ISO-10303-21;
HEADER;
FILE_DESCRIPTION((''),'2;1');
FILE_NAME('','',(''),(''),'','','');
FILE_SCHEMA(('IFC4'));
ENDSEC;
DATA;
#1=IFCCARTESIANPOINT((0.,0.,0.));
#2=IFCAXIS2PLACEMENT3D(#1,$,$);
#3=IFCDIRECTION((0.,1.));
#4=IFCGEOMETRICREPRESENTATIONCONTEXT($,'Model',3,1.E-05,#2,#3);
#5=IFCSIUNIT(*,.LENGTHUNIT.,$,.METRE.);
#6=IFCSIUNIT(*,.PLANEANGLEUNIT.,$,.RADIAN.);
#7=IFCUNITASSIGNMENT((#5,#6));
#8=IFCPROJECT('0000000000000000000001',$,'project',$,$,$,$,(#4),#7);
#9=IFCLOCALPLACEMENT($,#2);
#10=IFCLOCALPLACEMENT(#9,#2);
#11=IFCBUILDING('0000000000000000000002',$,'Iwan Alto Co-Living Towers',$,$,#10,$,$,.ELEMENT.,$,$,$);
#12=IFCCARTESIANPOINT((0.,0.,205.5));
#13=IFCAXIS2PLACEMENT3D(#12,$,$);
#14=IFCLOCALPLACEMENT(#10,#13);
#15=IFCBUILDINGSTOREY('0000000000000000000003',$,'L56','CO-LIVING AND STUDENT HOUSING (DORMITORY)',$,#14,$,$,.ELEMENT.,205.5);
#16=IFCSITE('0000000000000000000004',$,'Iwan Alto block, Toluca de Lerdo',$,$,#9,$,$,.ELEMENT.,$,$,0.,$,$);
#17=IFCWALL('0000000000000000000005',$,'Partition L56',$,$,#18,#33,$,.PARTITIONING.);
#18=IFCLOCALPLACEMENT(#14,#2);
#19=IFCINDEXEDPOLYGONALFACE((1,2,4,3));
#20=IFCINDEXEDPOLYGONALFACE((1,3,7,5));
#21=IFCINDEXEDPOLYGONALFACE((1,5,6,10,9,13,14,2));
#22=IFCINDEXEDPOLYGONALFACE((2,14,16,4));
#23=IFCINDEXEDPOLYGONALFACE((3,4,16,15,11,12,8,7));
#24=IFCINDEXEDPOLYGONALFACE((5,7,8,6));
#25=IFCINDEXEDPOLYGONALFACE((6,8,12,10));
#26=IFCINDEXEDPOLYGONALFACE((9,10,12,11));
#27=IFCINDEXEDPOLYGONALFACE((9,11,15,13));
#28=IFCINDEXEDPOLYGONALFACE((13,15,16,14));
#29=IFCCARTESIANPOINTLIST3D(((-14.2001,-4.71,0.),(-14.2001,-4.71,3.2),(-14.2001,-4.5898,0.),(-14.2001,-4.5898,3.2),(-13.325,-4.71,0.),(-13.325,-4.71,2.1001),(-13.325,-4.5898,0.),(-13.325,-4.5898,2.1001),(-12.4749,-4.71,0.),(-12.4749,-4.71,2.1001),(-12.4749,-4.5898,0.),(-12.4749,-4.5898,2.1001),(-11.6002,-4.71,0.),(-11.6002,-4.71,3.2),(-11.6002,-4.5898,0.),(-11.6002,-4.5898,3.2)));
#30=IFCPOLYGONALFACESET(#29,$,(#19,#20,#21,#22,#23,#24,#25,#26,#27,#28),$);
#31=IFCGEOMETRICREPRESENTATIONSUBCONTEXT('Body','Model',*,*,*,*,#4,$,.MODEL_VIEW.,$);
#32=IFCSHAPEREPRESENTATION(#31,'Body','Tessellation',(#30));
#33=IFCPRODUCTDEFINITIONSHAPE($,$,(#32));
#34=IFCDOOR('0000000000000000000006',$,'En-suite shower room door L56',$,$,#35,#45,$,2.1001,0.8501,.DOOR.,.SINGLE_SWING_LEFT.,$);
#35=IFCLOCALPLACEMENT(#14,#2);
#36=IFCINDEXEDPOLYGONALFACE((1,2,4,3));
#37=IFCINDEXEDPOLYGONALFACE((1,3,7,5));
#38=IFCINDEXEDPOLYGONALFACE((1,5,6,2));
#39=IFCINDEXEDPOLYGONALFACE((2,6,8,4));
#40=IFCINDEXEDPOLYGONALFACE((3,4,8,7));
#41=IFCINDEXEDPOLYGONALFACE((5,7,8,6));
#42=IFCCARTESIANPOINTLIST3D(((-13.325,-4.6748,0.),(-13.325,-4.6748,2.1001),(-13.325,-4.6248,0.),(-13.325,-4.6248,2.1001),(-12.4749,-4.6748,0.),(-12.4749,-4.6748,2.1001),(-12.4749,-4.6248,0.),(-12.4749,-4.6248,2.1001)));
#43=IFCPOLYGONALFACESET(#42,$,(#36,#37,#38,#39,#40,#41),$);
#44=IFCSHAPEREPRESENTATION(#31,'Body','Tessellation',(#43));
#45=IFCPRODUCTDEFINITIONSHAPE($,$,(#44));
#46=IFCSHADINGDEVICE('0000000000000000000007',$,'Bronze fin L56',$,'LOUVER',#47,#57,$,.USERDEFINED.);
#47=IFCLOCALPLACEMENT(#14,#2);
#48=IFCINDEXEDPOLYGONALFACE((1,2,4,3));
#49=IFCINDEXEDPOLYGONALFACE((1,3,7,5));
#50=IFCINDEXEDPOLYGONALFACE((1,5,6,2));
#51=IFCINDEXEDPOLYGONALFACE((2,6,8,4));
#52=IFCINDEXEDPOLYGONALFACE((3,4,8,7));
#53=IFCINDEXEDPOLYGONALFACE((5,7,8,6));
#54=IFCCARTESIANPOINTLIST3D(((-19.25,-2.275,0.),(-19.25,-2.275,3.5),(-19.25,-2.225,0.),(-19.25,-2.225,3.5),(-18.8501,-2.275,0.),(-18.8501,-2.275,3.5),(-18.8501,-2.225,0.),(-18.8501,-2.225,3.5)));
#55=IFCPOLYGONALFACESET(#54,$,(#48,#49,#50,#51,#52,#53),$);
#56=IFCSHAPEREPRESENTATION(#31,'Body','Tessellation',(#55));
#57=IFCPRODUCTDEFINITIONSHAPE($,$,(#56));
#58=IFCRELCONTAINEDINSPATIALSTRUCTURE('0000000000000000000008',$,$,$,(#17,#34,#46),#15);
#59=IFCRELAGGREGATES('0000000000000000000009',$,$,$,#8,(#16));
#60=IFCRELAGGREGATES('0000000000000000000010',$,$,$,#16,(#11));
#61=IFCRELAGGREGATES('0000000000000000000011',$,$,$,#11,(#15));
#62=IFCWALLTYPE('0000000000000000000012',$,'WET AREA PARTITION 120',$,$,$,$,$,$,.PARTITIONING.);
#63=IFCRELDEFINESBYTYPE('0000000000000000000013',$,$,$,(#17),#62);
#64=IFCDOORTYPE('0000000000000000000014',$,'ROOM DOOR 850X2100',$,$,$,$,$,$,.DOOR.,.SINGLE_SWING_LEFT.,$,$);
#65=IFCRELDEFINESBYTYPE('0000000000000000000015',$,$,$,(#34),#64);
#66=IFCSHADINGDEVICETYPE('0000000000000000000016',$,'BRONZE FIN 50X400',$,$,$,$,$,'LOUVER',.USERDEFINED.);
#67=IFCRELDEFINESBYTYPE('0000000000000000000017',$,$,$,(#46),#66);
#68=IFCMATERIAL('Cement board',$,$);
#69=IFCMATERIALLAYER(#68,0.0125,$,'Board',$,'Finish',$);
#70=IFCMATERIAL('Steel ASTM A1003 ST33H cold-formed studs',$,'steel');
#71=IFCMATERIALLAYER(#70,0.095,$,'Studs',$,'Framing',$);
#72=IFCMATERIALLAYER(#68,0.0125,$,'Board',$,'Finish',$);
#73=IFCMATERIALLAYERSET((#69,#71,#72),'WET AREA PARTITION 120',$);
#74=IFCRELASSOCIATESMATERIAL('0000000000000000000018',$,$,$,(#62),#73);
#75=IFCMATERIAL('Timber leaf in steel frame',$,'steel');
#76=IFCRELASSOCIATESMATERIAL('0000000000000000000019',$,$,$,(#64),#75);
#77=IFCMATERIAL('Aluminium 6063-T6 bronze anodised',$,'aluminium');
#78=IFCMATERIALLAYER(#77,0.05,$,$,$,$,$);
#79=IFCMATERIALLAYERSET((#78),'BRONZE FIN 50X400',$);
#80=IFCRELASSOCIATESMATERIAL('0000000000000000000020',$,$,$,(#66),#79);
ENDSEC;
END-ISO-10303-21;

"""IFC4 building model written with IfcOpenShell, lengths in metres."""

from ifc_helpers import new_model, si_unit, direction, frame, frame_2d, origin, origin_2d, place, context, subcontext, project, spatial, rectangle, extrude, material, layer, layer_set, type_object, element, fill, save


model = new_model("IFC4")

# Units and contexts
model_context = context("Model", 3, precision=1e-05, world=origin(), true_north=direction((0.0, 1.0)))
body_context = subcontext(model_context, "Body", "Model", "MODEL_VIEW")
ifc_project = project(units=[si_unit("LENGTHUNIT", "METRE"), si_unit("PLANEANGLEUNIT", "RADIAN")], contexts=[model_context])

# Site, building, storey
site_placement = place(None, origin())
site = spatial("IfcSite", under=ifc_project, at=site_placement, Name="Iwan Alto block, Toluca de Lerdo", CompositionType="ELEMENT", RefElevation=0.0)
building_placement = place(site_placement, origin())
building = spatial("IfcBuilding", under=site, at=building_placement, Name="Iwan Alto Co-Living Towers", CompositionType="ELEMENT")
storey_placement = place(building_placement, frame((0.0, 0.0, 205.5)))
storey = spatial("IfcBuildingStorey", under=building, at=storey_placement, Name="L56", Description="CO-LIVING AND STUDENT HOUSING (DORMITORY)", CompositionType="ELEMENT", Elevation=205.5)

# Shared definitions
ifc_material_1 = material(Name="Steel ASTM A1003 ST33H cold-formed studs", Category="steel")

# Wall, opening, door
ifc_material_2 = material(Name="Cement board")
ifc_layer_1 = layer(ifc_material_2, 0.0125, Name="Board", Category="Finish")
ifc_layer_2 = layer(ifc_material_1, 0.095, Name="Studs", Category="Framing")
ifc_layer_3 = layer(ifc_material_2, 0.0125, Name="Board", Category="Finish")
ifc_layer_set_1 = layer_set([ifc_layer_1, ifc_layer_2, ifc_layer_3], Name="WET AREA PARTITION 120")
wall_type_1 = type_object("IfcWallType", Name="WET AREA PARTITION 120", PredefinedType="PARTITIONING", material=ifc_layer_set_1)
wall_1_placement = place(storey_placement, frame((-14.2, -4.6499, 0.0), z_axis=(0.0, 0.0, 1.0), x_axis=(1.0, 0.0, 0.0)))
wall_1 = element("IfcWall", 1, at=wall_1_placement, inside=storey, type_object=wall_type_1, Name="Partition L56", PredefinedType="PARTITIONING", context=body_context, shape_type="SweptSolid", body=[
    extrude(rectangle(XDim=2.5999, YDim=0.1201, at=frame_2d((1.2998, 0.0))), origin(), (0.0, 0.0, 1.0), 3.2),
])
opening_1_placement = place(wall_1_placement, frame((0.875, 0.0, 0.0)))
opening_1 = element("IfcOpeningElement", 2, at=opening_1_placement, cuts=wall_1, PredefinedType="OPENING", context=body_context, shape_type="SweptSolid", body=[
    extrude(rectangle(XDim=0.8501, YDim=2.1001, at=frame_2d((0.425, 1.05))), frame((0.0, 0.0701, 0.0), z_axis=(0.0, -1.0, 0.0), x_axis=(1.0, 0.0, 0.0)), (0.0, 0.0, 1.0), 0.1401),
])
ifc_material_3 = material(Name="Timber leaf in steel frame", Category="steel")
door_type_1 = type_object("IfcDoorType", Name="ROOM DOOR 850X2100", OperationType="SINGLE_SWING_LEFT", PredefinedType="DOOR", material=ifc_material_3)
door_1_placement = place(opening_1_placement, frame((0.8501, 0.0, 0.0), z_axis=(0.0, 0.0, 1.0), x_axis=(-1.0, 0.0, 0.0)))
door_1 = element("IfcDoor", 3, at=door_1_placement, inside=storey, type_object=door_type_1, Name="En-suite shower room door L56", OperationType="SINGLE_SWING_LEFT", OverallHeight=2.1001, OverallWidth=0.8501, PredefinedType="DOOR", context=body_context, shape_type="SweptSolid", body=[
    extrude(rectangle(XDim=0.8501, YDim=2.1001, at=frame_2d((0.425, 1.05))), frame((0.0, 0.0249, 0.0), z_axis=(0.0, -1.0, 0.0), x_axis=(1.0, 0.0, 0.0)), (0.0, 0.0, 1.0), 0.05),
])
fill(opening_1, door_1)

# Shading device
ifc_material_4 = material(Name="Aluminium 6063-T6 bronze anodised", Category="aluminium")
ifc_layer_4 = layer(ifc_material_4, 0.05)
ifc_layer_set_2 = layer_set([ifc_layer_4], Name="BRONZE FIN 50X400")
shading_device_type = type_object("IfcShadingDeviceType", Name="BRONZE FIN 50X400", ElementType="LOUVER", PredefinedType="USERDEFINED", material=ifc_layer_set_2)
shading_device_placement = place(storey_placement, frame((-19.05, -2.25, 0.0), z_axis=(0.0, 0.0, 1.0), x_axis=(0.0, -1.0, 0.0)))
element("IfcShadingDevice", 4, at=shading_device_placement, inside=storey, type_object=shading_device_type, Name="Bronze fin L56", ObjectType="LOUVER", PredefinedType="USERDEFINED", context=body_context, shape_type="SweptSolid", body=[
    extrude(rectangle(XDim=0.05, YDim=0.3999, at=origin_2d()), origin(), (0.0, 0.0, 1.0), 3.5),
])

save(model, "model.ifc")
